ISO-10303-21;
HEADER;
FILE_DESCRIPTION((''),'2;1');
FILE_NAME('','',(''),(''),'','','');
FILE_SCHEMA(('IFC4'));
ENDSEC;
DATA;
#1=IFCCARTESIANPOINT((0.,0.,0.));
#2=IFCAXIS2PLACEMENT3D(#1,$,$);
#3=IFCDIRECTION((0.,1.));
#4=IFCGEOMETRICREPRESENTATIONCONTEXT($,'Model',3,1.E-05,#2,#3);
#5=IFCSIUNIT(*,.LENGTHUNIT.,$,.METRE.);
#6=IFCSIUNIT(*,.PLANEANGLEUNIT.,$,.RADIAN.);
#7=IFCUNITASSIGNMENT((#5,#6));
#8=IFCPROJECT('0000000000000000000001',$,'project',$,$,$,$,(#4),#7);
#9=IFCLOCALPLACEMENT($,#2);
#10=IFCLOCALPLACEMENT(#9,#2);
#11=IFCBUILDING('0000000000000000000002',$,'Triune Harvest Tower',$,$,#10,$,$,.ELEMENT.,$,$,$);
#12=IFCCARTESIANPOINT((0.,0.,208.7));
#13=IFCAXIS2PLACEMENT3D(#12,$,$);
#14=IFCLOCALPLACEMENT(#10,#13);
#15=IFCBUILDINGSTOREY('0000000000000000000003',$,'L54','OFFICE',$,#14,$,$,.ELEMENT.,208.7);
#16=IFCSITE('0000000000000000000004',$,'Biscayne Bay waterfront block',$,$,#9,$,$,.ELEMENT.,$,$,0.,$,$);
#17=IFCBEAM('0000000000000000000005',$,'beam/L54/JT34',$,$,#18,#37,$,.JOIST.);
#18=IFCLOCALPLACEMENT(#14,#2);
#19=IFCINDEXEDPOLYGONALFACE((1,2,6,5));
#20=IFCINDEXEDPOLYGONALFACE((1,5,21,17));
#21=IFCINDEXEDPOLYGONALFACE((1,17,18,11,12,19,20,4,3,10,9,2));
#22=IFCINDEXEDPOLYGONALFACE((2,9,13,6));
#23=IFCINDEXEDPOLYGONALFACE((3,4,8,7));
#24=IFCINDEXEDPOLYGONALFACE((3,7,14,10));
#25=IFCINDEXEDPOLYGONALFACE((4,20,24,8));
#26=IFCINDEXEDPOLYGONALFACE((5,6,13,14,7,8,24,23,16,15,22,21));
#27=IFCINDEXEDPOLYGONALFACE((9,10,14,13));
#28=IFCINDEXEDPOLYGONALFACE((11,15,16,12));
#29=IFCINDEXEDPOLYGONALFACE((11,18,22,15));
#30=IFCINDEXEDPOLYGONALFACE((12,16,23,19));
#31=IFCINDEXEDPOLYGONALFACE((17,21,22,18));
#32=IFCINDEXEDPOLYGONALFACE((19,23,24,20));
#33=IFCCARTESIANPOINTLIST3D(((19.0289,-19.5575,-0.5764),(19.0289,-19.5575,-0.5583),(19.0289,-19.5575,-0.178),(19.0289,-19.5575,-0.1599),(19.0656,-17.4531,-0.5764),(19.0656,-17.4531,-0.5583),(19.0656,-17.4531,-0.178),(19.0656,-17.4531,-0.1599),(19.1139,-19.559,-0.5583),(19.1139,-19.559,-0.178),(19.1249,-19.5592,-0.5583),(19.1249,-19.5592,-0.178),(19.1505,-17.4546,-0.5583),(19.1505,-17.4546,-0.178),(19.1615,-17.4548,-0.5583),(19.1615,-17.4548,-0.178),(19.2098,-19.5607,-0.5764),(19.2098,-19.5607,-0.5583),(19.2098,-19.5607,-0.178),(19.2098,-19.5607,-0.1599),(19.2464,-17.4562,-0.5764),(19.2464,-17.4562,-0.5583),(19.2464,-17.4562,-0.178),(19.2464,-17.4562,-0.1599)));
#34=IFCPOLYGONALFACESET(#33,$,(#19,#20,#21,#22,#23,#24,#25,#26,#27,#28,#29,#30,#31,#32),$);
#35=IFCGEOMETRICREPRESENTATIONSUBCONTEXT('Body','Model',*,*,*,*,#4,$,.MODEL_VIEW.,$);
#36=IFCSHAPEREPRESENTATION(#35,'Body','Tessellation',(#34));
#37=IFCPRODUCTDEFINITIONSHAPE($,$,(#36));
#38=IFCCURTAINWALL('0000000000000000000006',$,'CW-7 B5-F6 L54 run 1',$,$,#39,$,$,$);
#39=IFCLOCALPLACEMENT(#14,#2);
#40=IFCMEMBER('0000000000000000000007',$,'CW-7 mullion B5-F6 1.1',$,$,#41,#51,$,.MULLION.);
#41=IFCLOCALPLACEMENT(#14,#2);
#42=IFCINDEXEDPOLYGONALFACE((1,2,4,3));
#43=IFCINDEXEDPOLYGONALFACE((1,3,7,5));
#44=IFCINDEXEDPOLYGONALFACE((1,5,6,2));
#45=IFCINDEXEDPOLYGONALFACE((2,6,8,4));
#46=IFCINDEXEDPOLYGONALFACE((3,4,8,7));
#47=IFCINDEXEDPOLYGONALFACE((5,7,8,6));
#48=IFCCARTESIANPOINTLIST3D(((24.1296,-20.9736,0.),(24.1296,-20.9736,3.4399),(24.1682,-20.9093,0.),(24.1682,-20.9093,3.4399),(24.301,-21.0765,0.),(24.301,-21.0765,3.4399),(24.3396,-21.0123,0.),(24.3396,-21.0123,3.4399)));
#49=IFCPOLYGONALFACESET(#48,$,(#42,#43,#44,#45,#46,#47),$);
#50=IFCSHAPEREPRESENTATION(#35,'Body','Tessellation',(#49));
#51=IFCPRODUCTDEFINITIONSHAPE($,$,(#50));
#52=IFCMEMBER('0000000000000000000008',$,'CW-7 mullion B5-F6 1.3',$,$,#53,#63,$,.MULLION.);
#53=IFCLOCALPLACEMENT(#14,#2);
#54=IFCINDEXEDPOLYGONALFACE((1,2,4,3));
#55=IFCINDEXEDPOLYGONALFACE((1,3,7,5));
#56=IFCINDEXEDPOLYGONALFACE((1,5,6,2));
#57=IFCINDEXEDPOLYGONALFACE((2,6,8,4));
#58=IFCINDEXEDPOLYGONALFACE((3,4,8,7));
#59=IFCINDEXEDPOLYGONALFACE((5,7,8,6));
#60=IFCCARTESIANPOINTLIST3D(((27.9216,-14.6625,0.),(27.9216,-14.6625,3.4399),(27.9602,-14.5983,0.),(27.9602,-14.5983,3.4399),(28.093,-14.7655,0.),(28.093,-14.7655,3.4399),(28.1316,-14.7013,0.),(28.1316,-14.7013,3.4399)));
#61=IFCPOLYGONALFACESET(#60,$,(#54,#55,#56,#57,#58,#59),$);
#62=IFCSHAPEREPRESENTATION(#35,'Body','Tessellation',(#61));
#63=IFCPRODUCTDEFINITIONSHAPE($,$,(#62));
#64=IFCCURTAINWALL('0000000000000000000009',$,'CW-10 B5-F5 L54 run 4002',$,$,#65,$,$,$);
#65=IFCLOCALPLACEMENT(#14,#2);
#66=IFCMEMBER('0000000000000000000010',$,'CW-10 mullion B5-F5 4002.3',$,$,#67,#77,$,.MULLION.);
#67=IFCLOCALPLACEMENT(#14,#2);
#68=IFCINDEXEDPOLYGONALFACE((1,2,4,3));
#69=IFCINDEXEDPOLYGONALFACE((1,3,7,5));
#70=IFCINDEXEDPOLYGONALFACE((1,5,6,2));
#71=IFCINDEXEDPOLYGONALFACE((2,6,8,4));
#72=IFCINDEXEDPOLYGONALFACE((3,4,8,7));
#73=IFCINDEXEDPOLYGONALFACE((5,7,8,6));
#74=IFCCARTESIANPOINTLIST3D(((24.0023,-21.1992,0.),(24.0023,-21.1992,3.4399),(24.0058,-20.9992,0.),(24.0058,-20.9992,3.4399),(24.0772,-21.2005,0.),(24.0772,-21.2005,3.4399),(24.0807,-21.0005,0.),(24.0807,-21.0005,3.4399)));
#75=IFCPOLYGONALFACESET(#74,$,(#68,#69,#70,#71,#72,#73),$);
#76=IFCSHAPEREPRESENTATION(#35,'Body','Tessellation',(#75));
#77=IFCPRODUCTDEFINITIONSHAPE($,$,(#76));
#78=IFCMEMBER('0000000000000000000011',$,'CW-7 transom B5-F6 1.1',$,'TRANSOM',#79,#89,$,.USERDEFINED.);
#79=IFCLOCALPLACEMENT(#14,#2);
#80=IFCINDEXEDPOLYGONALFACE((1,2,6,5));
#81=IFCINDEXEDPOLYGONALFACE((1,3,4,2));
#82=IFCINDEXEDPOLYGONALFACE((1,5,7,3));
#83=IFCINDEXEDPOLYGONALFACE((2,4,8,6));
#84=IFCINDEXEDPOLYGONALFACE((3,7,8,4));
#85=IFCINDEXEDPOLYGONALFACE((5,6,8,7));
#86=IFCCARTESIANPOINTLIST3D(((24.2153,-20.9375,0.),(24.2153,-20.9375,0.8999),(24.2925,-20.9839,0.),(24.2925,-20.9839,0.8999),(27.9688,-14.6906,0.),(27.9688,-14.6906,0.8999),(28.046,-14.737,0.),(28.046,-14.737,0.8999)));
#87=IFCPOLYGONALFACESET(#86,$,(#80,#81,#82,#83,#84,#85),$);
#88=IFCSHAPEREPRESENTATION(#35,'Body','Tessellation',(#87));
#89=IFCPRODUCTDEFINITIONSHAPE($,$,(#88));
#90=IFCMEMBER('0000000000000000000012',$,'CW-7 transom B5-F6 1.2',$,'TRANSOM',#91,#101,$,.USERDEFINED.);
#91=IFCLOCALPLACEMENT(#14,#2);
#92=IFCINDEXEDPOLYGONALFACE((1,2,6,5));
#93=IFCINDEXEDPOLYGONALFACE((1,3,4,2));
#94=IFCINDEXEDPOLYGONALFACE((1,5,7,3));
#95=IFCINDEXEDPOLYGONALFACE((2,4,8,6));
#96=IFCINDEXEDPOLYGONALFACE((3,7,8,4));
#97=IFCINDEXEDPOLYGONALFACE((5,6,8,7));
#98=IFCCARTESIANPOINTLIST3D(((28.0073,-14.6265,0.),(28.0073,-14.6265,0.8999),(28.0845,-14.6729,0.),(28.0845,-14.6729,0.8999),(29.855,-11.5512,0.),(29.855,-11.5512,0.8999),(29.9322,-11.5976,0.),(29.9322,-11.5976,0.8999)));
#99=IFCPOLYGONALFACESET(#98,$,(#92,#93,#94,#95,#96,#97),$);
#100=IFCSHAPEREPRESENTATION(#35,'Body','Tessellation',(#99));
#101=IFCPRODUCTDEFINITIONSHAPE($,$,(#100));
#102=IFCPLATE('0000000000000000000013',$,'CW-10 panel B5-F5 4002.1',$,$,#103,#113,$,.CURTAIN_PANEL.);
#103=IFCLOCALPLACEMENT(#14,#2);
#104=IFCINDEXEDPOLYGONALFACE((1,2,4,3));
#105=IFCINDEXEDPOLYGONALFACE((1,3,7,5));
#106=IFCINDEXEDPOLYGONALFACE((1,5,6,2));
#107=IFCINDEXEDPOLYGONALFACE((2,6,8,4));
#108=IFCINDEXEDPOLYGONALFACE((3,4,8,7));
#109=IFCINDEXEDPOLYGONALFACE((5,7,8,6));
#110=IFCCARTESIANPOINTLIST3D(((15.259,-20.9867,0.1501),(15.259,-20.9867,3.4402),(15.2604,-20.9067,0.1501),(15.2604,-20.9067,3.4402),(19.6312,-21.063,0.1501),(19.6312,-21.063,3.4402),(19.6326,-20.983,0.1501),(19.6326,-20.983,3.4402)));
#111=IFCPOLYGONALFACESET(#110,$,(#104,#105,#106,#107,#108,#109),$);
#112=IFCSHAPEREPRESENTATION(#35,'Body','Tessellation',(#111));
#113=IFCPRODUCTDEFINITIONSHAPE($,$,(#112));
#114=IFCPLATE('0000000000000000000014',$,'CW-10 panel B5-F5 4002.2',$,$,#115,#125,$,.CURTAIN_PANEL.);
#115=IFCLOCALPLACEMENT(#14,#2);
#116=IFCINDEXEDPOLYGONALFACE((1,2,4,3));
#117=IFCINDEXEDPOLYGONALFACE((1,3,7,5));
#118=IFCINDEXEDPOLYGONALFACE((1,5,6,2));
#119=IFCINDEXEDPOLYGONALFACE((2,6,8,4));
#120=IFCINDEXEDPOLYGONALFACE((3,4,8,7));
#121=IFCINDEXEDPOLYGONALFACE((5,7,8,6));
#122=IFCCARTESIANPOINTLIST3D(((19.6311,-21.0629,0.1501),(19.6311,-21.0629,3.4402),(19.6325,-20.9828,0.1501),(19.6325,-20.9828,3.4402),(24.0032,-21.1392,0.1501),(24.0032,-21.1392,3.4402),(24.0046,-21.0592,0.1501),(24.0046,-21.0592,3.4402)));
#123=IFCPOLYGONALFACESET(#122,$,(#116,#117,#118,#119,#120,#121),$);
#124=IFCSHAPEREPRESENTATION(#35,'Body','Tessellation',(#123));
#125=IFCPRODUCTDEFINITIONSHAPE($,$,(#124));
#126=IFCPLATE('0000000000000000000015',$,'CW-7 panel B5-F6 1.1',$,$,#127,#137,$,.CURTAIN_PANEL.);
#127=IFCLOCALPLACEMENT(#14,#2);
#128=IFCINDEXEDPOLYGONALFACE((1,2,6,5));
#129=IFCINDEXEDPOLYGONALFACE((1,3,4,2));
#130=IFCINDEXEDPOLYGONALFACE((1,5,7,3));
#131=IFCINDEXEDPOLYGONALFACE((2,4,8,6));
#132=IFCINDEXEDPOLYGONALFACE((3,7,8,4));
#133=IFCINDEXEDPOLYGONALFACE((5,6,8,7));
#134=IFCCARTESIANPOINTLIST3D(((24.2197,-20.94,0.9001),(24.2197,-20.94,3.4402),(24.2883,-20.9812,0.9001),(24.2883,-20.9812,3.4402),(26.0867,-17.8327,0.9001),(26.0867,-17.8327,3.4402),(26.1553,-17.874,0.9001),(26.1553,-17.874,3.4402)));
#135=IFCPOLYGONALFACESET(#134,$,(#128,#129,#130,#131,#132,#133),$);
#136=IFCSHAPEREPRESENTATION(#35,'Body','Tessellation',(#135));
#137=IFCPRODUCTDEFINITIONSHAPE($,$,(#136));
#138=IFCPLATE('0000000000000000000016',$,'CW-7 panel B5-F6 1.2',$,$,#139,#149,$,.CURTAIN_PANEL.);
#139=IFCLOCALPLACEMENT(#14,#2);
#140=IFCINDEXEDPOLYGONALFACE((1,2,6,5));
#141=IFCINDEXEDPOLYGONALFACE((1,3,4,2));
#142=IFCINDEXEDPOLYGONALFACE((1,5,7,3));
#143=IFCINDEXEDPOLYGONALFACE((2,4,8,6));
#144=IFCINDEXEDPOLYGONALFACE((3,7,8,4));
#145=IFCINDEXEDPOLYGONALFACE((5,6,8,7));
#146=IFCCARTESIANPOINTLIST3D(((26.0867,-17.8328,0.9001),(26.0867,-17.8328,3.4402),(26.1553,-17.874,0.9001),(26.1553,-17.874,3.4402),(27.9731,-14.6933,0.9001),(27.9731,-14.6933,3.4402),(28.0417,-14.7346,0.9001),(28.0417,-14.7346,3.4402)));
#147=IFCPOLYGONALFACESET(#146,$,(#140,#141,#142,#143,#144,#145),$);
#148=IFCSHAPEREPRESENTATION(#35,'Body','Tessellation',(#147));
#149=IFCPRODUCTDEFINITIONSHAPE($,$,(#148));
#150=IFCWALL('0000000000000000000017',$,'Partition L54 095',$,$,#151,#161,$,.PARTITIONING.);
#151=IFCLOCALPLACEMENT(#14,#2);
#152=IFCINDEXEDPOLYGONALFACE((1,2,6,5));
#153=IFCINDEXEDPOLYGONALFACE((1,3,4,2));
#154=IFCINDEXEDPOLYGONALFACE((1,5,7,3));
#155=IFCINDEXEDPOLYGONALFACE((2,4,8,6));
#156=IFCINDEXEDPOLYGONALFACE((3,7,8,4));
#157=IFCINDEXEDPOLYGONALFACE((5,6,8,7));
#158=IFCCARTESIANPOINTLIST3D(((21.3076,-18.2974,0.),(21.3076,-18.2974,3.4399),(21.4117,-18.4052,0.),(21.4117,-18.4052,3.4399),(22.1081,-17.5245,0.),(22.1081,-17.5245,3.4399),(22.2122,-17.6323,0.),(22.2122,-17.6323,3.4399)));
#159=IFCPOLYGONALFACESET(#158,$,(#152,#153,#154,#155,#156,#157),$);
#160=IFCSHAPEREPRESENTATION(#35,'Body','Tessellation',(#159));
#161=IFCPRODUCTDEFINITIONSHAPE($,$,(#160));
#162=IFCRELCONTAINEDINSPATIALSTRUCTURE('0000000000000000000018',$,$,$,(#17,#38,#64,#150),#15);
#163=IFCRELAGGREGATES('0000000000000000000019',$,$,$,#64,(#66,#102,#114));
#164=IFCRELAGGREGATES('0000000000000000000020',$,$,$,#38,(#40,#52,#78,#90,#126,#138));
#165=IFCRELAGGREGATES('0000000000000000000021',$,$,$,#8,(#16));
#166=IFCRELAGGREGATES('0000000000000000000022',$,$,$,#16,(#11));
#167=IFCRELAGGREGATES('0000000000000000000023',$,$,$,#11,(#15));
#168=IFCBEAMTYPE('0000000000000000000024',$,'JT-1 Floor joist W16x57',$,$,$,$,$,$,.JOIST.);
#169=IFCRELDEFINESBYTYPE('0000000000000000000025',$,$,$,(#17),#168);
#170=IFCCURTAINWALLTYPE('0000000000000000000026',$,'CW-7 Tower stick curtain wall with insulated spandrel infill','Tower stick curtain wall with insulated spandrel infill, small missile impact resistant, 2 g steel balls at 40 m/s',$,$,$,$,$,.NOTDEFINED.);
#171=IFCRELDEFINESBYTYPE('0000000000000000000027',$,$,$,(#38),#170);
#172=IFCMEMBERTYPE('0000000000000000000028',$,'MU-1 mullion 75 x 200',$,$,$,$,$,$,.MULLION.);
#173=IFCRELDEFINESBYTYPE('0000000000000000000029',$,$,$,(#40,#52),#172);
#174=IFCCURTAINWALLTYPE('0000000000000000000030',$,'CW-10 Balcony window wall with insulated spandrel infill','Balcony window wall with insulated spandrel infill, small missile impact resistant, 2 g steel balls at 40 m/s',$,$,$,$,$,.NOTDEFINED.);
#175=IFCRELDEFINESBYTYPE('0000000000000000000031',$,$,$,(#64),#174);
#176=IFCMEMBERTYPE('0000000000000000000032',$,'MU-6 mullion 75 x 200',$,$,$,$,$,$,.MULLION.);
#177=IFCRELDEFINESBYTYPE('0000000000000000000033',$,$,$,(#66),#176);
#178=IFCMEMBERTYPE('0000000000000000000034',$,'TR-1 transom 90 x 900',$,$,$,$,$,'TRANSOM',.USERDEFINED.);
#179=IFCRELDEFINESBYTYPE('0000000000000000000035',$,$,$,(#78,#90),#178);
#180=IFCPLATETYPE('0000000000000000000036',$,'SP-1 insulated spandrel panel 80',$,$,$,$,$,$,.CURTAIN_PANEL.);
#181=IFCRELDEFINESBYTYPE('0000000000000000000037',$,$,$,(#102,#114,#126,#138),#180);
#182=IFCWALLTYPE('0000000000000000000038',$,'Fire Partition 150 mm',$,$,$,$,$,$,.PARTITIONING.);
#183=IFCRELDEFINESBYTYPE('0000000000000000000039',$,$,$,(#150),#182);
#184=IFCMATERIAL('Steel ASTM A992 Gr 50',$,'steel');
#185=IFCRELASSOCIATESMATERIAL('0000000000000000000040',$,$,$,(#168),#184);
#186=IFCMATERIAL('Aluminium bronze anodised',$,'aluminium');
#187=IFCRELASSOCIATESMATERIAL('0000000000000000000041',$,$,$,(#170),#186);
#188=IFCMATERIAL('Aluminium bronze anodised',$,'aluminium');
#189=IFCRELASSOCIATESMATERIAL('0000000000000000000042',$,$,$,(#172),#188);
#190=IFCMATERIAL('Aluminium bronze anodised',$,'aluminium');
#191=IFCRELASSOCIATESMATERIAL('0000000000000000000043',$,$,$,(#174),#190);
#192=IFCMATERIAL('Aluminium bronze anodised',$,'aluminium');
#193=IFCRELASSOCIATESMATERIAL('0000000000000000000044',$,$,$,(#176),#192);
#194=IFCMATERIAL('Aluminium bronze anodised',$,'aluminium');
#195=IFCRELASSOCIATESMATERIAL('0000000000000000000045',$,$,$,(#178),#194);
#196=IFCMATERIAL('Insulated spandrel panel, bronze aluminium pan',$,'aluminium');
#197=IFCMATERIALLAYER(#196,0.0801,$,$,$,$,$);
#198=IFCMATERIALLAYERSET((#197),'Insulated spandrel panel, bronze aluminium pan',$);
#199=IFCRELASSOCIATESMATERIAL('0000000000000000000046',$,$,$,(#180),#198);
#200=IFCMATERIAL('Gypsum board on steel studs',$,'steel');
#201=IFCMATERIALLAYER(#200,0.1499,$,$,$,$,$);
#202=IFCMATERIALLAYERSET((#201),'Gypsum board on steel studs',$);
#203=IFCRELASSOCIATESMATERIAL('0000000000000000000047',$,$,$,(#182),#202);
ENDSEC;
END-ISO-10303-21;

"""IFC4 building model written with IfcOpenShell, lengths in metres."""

from ifc_helpers import new_model, si_unit, direction, frame, frame_2d, origin, origin_2d, place, context, subcontext, project, spatial, rectangle, i_section, extrude, source, transform, mapped, material, layer, layer_set, material_profile, profile_set, type_object, element, aggregate, save


model = new_model("IFC4")

# Units and contexts
model_context = context("Model", 3, precision=1e-05, world=origin(), true_north=direction((0.0, 1.0)))
body_context = subcontext(model_context, "Body", "Model", "MODEL_VIEW")
ifc_project = project(units=[si_unit("LENGTHUNIT", "METRE"), si_unit("PLANEANGLEUNIT", "RADIAN")], contexts=[model_context])

# Site, building, storey
site_placement = place(None, origin())
site = spatial("IfcSite", under=ifc_project, at=site_placement, Name="Biscayne Bay waterfront block", CompositionType="ELEMENT", RefElevation=0.0)
building_placement = place(site_placement, origin())
building = spatial("IfcBuilding", under=site, at=building_placement, Name="Triune Harvest Tower", CompositionType="ELEMENT")
storey_placement = place(building_placement, frame((0.0, 0.0, 208.7)))
storey = spatial("IfcBuildingStorey", under=building, at=storey_placement, Name="L54", Description="OFFICE", CompositionType="ELEMENT", Elevation=208.7)

# Beam
ifc_material_1 = material(Name="Steel ASTM A992 Gr 50", Category="steel")
ifc_material_profile_1 = material_profile(ifc_material_1, i_section(OverallWidth=0.1809, OverallDepth=0.4165, WebThickness=0.011, FlangeThickness=0.0181, at=origin_2d()), Name="W16x57")
ifc_profile_set_1 = profile_set([ifc_material_profile_1], Name="Steel ASTM A992 Gr 50")
beam_type_1 = type_object("IfcBeamType", Name="JT-1 Floor joist W16x57", PredefinedType="JOIST", material=ifc_profile_set_1)
shared_shape_1 = source(origin(), body_context, "Body", "SweptSolid", [
    extrude(i_section(OverallWidth=0.1809, OverallDepth=0.4165, WebThickness=0.011, FlangeThickness=0.0181, at=origin_2d()), origin(), (0.0, 0.0, 1.0), 2.1047),
])
beam_1_placement = place(storey_placement, frame((19.1194, -19.5591, -0.3682), z_axis=(0.017399, 0.999849, 0.0), x_axis=(-0.999849, 0.017399, 0.0)))
element("IfcBeam", 1, at=beam_1_placement, inside=storey, type_object=beam_type_1, Name="beam/L54/JT34", PredefinedType="JOIST", context=body_context, shape_type="MappedRepresentation", body=[
    mapped(shared_shape_1, transform((0.0, 0.0, 0.0), scale=1.0)),
])

# Curtain wall, members
ifc_material_2 = material(Name="Aluminium bronze anodised", Category="aluminium")
curtain_wall_type_1 = type_object("IfcCurtainWallType", Name="CW-7 Tower stick curtain wall with insulated spandrel infill", Description="Tower stick curtain wall with insulated spandrel infill, small missile impact resistant, 2 g steel balls at 40 m/s", PredefinedType="NOTDEFINED", material=ifc_material_2)
curtain_wall_1_placement = place(storey_placement, origin())
curtain_wall_1 = element("IfcCurtainWall", 2, at=curtain_wall_1_placement, inside=storey, type_object=curtain_wall_type_1, Name="CW-7 B5-F6 L54 run 1")
ifc_material_3 = material(Name="Aluminium bronze anodised", Category="aluminium")
ifc_material_profile_2 = material_profile(ifc_material_3, rectangle(XDim=0.2, YDim=0.075, at=origin_2d()), Name="MU-1 mullion 75 x 200")
ifc_profile_set_2 = profile_set([ifc_material_profile_2], Name="Aluminium bronze anodised")
member_type_1 = type_object("IfcMemberType", Name="MU-1 mullion 75 x 200", PredefinedType="MULLION", material=ifc_profile_set_2)
shared_shape_2 = source(origin(), body_context, "Body", "SweptSolid", [
    extrude(rectangle(XDim=0.2, YDim=0.075, at=origin_2d()), origin(), (0.0, 0.0, 1.0), 3.4399),
])
member_1_placement = place(storey_placement, frame((24.2346, -20.9929, 0.0), z_axis=(0.0, 0.0, 1.0), x_axis=(-0.857168, 0.515037, 0.0)))
member_1 = element("IfcMember", 3, at=member_1_placement, type_object=member_type_1, Name="CW-7 mullion B5-F6 1.1", PredefinedType="MULLION", context=body_context, shape_type="MappedRepresentation", body=[
    mapped(shared_shape_2, transform((0.0, 0.0, 0.0), scale=1.0)),
])
member_2_placement = place(storey_placement, frame((28.0266, -14.6819, 0.0), z_axis=(0.0, 0.0, 1.0), x_axis=(-0.857168, 0.515037, 0.0)))
member_2 = element("IfcMember", 4, at=member_2_placement, type_object=member_type_1, Name="CW-7 mullion B5-F6 1.3", PredefinedType="MULLION", context=body_context, shape_type="MappedRepresentation", body=[
    mapped(shared_shape_2, transform((0.0, 0.0, 0.0), scale=1.0)),
])

# Curtain wall, member
ifc_material_4 = material(Name="Aluminium bronze anodised", Category="aluminium")
curtain_wall_type_2 = type_object("IfcCurtainWallType", Name="CW-10 Balcony window wall with insulated spandrel infill", Description="Balcony window wall with insulated spandrel infill, small missile impact resistant, 2 g steel balls at 40 m/s", PredefinedType="NOTDEFINED", material=ifc_material_4)
curtain_wall_2_placement = place(storey_placement, origin())
curtain_wall_2 = element("IfcCurtainWall", 5, at=curtain_wall_2_placement, inside=storey, type_object=curtain_wall_type_2, Name="CW-10 B5-F5 L54 run 4002")
ifc_material_5 = material(Name="Aluminium bronze anodised", Category="aluminium")
ifc_material_profile_3 = material_profile(ifc_material_5, rectangle(XDim=0.2, YDim=0.075, at=origin_2d()), Name="MU-6 mullion 75 x 200")
ifc_profile_set_3 = profile_set([ifc_material_profile_3], Name="Aluminium bronze anodised")
member_type_2 = type_object("IfcMemberType", Name="MU-6 mullion 75 x 200", PredefinedType="MULLION", material=ifc_profile_set_3)
shared_shape_3 = source(origin(), body_context, "Body", "SweptSolid", [
    extrude(rectangle(XDim=0.2, YDim=0.075, at=origin_2d()), origin(), (0.0, 0.0, 1.0), 3.4399),
])
member_3_placement = place(storey_placement, frame((24.0415, -21.0999, 0.0), z_axis=(0.0, 0.0, 1.0), x_axis=(0.01745, 0.999848, 0.0)))
member_3 = element("IfcMember", 6, at=member_3_placement, type_object=member_type_2, Name="CW-10 mullion B5-F5 4002.3", PredefinedType="MULLION", context=body_context, shape_type="MappedRepresentation", body=[
    mapped(shared_shape_3, transform((0.0, 0.0, 0.0), scale=1.0)),
])

# Members
ifc_material_6 = material(Name="Aluminium bronze anodised", Category="aluminium")
ifc_material_profile_4 = material_profile(ifc_material_6, rectangle(XDim=0.0901, YDim=0.8999, at=origin_2d()), Name="TR-1 transom 90 x 900")
ifc_profile_set_4 = profile_set([ifc_material_profile_4], Name="Aluminium bronze anodised")
member_type_3 = type_object("IfcMemberType", Name="TR-1 transom 90 x 900", ElementType="TRANSOM", PredefinedType="USERDEFINED", material=ifc_profile_set_4)
shared_shape_4 = source(origin(), body_context, "Body", "SweptSolid", [
    extrude(rectangle(XDim=0.0901, YDim=0.8999, at=origin_2d()), origin(), (0.0, 0.0, 1.0), 7.2878),
])
member_4_placement = place(storey_placement, frame((24.2539, -20.9607, 0.45), z_axis=(0.515033, 0.857171, 0.0), x_axis=(-0.857171, 0.515033, 0.0)))
member_4 = element("IfcMember", 7, at=member_4_placement, type_object=member_type_3, Name="CW-7 transom B5-F6 1.1", ObjectType="TRANSOM", PredefinedType="USERDEFINED", context=body_context, shape_type="MappedRepresentation", body=[
    mapped(shared_shape_4, transform((0.0, 0.0, 0.0), scale=1.0)),
])
shared_shape_5 = source(origin(), body_context, "Body", "SweptSolid", [
    extrude(rectangle(XDim=0.0901, YDim=0.8999, at=origin_2d()), origin(), (0.0, 0.0, 1.0), 3.5876),
])
member_5_placement = place(storey_placement, frame((28.0459, -14.6497, 0.45), z_axis=(0.515016, 0.857181, 0.0), x_axis=(-0.857181, 0.515016, 0.0)))
member_5 = element("IfcMember", 8, at=member_5_placement, type_object=member_type_3, Name="CW-7 transom B5-F6 1.2", ObjectType="TRANSOM", PredefinedType="USERDEFINED", context=body_context, shape_type="MappedRepresentation", body=[
    mapped(shared_shape_5, transform((0.0, 0.0, 0.0), scale=1.0)),
])

# Plates
ifc_material_7 = material(Name="Insulated spandrel panel, bronze aluminium pan", Category="aluminium")
ifc_layer_1 = layer(ifc_material_7, 0.0801)
ifc_layer_set_1 = layer_set([ifc_layer_1], Name="Insulated spandrel panel, bronze aluminium pan")
plate_type = type_object("IfcPlateType", Name="SP-1 insulated spandrel panel 80", PredefinedType="CURTAIN_PANEL", material=ifc_layer_set_1)
shared_shape_6 = source(origin(), body_context, "Body", "SweptSolid", [
    extrude(rectangle(XDim=4.3728, YDim=0.0801, at=origin_2d()), origin(), (0.0, 0.0, 1.0), 3.29),
])
plate_1_placement = place(storey_placement, frame((17.4458, -20.9849, 0.1501), z_axis=(0.0, 0.0, 1.0), x_axis=(0.999848, -0.01745, 0.0)))
plate_1 = element("IfcPlate", 9, at=plate_1_placement, type_object=plate_type, Name="CW-10 panel B5-F5 4002.1", PredefinedType="CURTAIN_PANEL", context=body_context, shape_type="MappedRepresentation", body=[
    mapped(shared_shape_6, transform((0.0, 0.0, 0.0), scale=1.0)),
])
plate_2_placement = place(storey_placement, frame((21.8179, -21.061, 0.1501), z_axis=(0.0, 0.0, 1.0), x_axis=(0.999848, -0.01745, 0.0)))
plate_2 = element("IfcPlate", 10, at=plate_2_placement, type_object=plate_type, Name="CW-10 panel B5-F5 4002.2", PredefinedType="CURTAIN_PANEL", context=body_context, shape_type="MappedRepresentation", body=[
    mapped(shared_shape_6, transform((0.0, 0.0, 0.0), scale=1.0)),
])
aggregate(curtain_wall_2, [member_3, plate_1, plate_2])
shared_shape_7 = source(origin(), body_context, "Body", "SweptSolid", [
    extrude(rectangle(XDim=3.625, YDim=0.0801, at=origin_2d()), origin(), (0.0, 0.0, 1.0), 2.54),
])
plate_3_placement = place(storey_placement, frame((25.1875, -19.407, 0.9001), z_axis=(0.0, 0.0, 1.0), x_axis=(0.515037, 0.857168, 0.0)))
plate_3 = element("IfcPlate", 11, at=plate_3_placement, type_object=plate_type, Name="CW-7 panel B5-F6 1.1", PredefinedType="CURTAIN_PANEL", context=body_context, shape_type="MappedRepresentation", body=[
    mapped(shared_shape_7, transform((0.0, 0.0, 0.0), scale=1.0)),
])
shared_shape_8 = source(origin(), body_context, "Body", "SweptSolid", [
    extrude(rectangle(XDim=3.6626, YDim=0.0801, at=origin_2d()), origin(), (0.0, 0.0, 1.0), 2.54),
])
plate_4_placement = place(storey_placement, frame((27.0642, -16.2837, 0.9001), z_axis=(0.0, 0.0, 1.0), x_axis=(0.515037, 0.857168, 0.0)))
plate_4 = element("IfcPlate", 12, at=plate_4_placement, type_object=plate_type, Name="CW-7 panel B5-F6 1.2", PredefinedType="CURTAIN_PANEL", context=body_context, shape_type="MappedRepresentation", body=[
    mapped(shared_shape_8, transform((0.0, 0.0, 0.0), scale=1.0)),
])
aggregate(curtain_wall_1, [member_1, member_2, member_4, member_5, plate_3, plate_4])

# Wall
ifc_material_8 = material(Name="Gypsum board on steel studs", Category="steel")
ifc_layer_2 = layer(ifc_material_8, 0.1499)
ifc_layer_set_2 = layer_set([ifc_layer_2], Name="Gypsum board on steel studs")
wall_type = type_object("IfcWallType", Name="Fire Partition 150 mm", PredefinedType="PARTITIONING", material=ifc_layer_set_2)
wall_1_placement = place(storey_placement, frame((21.3596, -18.3513, 0.0), z_axis=(0.0, 0.0, 1.0), x_axis=(0.719394, 0.694602, 0.0)))
element("IfcWall", 13, at=wall_1_placement, inside=storey, type_object=wall_type, Name="Partition L54 095", PredefinedType="PARTITIONING", context=body_context, shape_type="SweptSolid", body=[
    extrude(rectangle(XDim=1.1128, YDim=0.1499, at=frame_2d((0.5564, 0.0))), origin(), (0.0, 0.0, 1.0), 3.4399),
])

save(model, "model.ifc")
